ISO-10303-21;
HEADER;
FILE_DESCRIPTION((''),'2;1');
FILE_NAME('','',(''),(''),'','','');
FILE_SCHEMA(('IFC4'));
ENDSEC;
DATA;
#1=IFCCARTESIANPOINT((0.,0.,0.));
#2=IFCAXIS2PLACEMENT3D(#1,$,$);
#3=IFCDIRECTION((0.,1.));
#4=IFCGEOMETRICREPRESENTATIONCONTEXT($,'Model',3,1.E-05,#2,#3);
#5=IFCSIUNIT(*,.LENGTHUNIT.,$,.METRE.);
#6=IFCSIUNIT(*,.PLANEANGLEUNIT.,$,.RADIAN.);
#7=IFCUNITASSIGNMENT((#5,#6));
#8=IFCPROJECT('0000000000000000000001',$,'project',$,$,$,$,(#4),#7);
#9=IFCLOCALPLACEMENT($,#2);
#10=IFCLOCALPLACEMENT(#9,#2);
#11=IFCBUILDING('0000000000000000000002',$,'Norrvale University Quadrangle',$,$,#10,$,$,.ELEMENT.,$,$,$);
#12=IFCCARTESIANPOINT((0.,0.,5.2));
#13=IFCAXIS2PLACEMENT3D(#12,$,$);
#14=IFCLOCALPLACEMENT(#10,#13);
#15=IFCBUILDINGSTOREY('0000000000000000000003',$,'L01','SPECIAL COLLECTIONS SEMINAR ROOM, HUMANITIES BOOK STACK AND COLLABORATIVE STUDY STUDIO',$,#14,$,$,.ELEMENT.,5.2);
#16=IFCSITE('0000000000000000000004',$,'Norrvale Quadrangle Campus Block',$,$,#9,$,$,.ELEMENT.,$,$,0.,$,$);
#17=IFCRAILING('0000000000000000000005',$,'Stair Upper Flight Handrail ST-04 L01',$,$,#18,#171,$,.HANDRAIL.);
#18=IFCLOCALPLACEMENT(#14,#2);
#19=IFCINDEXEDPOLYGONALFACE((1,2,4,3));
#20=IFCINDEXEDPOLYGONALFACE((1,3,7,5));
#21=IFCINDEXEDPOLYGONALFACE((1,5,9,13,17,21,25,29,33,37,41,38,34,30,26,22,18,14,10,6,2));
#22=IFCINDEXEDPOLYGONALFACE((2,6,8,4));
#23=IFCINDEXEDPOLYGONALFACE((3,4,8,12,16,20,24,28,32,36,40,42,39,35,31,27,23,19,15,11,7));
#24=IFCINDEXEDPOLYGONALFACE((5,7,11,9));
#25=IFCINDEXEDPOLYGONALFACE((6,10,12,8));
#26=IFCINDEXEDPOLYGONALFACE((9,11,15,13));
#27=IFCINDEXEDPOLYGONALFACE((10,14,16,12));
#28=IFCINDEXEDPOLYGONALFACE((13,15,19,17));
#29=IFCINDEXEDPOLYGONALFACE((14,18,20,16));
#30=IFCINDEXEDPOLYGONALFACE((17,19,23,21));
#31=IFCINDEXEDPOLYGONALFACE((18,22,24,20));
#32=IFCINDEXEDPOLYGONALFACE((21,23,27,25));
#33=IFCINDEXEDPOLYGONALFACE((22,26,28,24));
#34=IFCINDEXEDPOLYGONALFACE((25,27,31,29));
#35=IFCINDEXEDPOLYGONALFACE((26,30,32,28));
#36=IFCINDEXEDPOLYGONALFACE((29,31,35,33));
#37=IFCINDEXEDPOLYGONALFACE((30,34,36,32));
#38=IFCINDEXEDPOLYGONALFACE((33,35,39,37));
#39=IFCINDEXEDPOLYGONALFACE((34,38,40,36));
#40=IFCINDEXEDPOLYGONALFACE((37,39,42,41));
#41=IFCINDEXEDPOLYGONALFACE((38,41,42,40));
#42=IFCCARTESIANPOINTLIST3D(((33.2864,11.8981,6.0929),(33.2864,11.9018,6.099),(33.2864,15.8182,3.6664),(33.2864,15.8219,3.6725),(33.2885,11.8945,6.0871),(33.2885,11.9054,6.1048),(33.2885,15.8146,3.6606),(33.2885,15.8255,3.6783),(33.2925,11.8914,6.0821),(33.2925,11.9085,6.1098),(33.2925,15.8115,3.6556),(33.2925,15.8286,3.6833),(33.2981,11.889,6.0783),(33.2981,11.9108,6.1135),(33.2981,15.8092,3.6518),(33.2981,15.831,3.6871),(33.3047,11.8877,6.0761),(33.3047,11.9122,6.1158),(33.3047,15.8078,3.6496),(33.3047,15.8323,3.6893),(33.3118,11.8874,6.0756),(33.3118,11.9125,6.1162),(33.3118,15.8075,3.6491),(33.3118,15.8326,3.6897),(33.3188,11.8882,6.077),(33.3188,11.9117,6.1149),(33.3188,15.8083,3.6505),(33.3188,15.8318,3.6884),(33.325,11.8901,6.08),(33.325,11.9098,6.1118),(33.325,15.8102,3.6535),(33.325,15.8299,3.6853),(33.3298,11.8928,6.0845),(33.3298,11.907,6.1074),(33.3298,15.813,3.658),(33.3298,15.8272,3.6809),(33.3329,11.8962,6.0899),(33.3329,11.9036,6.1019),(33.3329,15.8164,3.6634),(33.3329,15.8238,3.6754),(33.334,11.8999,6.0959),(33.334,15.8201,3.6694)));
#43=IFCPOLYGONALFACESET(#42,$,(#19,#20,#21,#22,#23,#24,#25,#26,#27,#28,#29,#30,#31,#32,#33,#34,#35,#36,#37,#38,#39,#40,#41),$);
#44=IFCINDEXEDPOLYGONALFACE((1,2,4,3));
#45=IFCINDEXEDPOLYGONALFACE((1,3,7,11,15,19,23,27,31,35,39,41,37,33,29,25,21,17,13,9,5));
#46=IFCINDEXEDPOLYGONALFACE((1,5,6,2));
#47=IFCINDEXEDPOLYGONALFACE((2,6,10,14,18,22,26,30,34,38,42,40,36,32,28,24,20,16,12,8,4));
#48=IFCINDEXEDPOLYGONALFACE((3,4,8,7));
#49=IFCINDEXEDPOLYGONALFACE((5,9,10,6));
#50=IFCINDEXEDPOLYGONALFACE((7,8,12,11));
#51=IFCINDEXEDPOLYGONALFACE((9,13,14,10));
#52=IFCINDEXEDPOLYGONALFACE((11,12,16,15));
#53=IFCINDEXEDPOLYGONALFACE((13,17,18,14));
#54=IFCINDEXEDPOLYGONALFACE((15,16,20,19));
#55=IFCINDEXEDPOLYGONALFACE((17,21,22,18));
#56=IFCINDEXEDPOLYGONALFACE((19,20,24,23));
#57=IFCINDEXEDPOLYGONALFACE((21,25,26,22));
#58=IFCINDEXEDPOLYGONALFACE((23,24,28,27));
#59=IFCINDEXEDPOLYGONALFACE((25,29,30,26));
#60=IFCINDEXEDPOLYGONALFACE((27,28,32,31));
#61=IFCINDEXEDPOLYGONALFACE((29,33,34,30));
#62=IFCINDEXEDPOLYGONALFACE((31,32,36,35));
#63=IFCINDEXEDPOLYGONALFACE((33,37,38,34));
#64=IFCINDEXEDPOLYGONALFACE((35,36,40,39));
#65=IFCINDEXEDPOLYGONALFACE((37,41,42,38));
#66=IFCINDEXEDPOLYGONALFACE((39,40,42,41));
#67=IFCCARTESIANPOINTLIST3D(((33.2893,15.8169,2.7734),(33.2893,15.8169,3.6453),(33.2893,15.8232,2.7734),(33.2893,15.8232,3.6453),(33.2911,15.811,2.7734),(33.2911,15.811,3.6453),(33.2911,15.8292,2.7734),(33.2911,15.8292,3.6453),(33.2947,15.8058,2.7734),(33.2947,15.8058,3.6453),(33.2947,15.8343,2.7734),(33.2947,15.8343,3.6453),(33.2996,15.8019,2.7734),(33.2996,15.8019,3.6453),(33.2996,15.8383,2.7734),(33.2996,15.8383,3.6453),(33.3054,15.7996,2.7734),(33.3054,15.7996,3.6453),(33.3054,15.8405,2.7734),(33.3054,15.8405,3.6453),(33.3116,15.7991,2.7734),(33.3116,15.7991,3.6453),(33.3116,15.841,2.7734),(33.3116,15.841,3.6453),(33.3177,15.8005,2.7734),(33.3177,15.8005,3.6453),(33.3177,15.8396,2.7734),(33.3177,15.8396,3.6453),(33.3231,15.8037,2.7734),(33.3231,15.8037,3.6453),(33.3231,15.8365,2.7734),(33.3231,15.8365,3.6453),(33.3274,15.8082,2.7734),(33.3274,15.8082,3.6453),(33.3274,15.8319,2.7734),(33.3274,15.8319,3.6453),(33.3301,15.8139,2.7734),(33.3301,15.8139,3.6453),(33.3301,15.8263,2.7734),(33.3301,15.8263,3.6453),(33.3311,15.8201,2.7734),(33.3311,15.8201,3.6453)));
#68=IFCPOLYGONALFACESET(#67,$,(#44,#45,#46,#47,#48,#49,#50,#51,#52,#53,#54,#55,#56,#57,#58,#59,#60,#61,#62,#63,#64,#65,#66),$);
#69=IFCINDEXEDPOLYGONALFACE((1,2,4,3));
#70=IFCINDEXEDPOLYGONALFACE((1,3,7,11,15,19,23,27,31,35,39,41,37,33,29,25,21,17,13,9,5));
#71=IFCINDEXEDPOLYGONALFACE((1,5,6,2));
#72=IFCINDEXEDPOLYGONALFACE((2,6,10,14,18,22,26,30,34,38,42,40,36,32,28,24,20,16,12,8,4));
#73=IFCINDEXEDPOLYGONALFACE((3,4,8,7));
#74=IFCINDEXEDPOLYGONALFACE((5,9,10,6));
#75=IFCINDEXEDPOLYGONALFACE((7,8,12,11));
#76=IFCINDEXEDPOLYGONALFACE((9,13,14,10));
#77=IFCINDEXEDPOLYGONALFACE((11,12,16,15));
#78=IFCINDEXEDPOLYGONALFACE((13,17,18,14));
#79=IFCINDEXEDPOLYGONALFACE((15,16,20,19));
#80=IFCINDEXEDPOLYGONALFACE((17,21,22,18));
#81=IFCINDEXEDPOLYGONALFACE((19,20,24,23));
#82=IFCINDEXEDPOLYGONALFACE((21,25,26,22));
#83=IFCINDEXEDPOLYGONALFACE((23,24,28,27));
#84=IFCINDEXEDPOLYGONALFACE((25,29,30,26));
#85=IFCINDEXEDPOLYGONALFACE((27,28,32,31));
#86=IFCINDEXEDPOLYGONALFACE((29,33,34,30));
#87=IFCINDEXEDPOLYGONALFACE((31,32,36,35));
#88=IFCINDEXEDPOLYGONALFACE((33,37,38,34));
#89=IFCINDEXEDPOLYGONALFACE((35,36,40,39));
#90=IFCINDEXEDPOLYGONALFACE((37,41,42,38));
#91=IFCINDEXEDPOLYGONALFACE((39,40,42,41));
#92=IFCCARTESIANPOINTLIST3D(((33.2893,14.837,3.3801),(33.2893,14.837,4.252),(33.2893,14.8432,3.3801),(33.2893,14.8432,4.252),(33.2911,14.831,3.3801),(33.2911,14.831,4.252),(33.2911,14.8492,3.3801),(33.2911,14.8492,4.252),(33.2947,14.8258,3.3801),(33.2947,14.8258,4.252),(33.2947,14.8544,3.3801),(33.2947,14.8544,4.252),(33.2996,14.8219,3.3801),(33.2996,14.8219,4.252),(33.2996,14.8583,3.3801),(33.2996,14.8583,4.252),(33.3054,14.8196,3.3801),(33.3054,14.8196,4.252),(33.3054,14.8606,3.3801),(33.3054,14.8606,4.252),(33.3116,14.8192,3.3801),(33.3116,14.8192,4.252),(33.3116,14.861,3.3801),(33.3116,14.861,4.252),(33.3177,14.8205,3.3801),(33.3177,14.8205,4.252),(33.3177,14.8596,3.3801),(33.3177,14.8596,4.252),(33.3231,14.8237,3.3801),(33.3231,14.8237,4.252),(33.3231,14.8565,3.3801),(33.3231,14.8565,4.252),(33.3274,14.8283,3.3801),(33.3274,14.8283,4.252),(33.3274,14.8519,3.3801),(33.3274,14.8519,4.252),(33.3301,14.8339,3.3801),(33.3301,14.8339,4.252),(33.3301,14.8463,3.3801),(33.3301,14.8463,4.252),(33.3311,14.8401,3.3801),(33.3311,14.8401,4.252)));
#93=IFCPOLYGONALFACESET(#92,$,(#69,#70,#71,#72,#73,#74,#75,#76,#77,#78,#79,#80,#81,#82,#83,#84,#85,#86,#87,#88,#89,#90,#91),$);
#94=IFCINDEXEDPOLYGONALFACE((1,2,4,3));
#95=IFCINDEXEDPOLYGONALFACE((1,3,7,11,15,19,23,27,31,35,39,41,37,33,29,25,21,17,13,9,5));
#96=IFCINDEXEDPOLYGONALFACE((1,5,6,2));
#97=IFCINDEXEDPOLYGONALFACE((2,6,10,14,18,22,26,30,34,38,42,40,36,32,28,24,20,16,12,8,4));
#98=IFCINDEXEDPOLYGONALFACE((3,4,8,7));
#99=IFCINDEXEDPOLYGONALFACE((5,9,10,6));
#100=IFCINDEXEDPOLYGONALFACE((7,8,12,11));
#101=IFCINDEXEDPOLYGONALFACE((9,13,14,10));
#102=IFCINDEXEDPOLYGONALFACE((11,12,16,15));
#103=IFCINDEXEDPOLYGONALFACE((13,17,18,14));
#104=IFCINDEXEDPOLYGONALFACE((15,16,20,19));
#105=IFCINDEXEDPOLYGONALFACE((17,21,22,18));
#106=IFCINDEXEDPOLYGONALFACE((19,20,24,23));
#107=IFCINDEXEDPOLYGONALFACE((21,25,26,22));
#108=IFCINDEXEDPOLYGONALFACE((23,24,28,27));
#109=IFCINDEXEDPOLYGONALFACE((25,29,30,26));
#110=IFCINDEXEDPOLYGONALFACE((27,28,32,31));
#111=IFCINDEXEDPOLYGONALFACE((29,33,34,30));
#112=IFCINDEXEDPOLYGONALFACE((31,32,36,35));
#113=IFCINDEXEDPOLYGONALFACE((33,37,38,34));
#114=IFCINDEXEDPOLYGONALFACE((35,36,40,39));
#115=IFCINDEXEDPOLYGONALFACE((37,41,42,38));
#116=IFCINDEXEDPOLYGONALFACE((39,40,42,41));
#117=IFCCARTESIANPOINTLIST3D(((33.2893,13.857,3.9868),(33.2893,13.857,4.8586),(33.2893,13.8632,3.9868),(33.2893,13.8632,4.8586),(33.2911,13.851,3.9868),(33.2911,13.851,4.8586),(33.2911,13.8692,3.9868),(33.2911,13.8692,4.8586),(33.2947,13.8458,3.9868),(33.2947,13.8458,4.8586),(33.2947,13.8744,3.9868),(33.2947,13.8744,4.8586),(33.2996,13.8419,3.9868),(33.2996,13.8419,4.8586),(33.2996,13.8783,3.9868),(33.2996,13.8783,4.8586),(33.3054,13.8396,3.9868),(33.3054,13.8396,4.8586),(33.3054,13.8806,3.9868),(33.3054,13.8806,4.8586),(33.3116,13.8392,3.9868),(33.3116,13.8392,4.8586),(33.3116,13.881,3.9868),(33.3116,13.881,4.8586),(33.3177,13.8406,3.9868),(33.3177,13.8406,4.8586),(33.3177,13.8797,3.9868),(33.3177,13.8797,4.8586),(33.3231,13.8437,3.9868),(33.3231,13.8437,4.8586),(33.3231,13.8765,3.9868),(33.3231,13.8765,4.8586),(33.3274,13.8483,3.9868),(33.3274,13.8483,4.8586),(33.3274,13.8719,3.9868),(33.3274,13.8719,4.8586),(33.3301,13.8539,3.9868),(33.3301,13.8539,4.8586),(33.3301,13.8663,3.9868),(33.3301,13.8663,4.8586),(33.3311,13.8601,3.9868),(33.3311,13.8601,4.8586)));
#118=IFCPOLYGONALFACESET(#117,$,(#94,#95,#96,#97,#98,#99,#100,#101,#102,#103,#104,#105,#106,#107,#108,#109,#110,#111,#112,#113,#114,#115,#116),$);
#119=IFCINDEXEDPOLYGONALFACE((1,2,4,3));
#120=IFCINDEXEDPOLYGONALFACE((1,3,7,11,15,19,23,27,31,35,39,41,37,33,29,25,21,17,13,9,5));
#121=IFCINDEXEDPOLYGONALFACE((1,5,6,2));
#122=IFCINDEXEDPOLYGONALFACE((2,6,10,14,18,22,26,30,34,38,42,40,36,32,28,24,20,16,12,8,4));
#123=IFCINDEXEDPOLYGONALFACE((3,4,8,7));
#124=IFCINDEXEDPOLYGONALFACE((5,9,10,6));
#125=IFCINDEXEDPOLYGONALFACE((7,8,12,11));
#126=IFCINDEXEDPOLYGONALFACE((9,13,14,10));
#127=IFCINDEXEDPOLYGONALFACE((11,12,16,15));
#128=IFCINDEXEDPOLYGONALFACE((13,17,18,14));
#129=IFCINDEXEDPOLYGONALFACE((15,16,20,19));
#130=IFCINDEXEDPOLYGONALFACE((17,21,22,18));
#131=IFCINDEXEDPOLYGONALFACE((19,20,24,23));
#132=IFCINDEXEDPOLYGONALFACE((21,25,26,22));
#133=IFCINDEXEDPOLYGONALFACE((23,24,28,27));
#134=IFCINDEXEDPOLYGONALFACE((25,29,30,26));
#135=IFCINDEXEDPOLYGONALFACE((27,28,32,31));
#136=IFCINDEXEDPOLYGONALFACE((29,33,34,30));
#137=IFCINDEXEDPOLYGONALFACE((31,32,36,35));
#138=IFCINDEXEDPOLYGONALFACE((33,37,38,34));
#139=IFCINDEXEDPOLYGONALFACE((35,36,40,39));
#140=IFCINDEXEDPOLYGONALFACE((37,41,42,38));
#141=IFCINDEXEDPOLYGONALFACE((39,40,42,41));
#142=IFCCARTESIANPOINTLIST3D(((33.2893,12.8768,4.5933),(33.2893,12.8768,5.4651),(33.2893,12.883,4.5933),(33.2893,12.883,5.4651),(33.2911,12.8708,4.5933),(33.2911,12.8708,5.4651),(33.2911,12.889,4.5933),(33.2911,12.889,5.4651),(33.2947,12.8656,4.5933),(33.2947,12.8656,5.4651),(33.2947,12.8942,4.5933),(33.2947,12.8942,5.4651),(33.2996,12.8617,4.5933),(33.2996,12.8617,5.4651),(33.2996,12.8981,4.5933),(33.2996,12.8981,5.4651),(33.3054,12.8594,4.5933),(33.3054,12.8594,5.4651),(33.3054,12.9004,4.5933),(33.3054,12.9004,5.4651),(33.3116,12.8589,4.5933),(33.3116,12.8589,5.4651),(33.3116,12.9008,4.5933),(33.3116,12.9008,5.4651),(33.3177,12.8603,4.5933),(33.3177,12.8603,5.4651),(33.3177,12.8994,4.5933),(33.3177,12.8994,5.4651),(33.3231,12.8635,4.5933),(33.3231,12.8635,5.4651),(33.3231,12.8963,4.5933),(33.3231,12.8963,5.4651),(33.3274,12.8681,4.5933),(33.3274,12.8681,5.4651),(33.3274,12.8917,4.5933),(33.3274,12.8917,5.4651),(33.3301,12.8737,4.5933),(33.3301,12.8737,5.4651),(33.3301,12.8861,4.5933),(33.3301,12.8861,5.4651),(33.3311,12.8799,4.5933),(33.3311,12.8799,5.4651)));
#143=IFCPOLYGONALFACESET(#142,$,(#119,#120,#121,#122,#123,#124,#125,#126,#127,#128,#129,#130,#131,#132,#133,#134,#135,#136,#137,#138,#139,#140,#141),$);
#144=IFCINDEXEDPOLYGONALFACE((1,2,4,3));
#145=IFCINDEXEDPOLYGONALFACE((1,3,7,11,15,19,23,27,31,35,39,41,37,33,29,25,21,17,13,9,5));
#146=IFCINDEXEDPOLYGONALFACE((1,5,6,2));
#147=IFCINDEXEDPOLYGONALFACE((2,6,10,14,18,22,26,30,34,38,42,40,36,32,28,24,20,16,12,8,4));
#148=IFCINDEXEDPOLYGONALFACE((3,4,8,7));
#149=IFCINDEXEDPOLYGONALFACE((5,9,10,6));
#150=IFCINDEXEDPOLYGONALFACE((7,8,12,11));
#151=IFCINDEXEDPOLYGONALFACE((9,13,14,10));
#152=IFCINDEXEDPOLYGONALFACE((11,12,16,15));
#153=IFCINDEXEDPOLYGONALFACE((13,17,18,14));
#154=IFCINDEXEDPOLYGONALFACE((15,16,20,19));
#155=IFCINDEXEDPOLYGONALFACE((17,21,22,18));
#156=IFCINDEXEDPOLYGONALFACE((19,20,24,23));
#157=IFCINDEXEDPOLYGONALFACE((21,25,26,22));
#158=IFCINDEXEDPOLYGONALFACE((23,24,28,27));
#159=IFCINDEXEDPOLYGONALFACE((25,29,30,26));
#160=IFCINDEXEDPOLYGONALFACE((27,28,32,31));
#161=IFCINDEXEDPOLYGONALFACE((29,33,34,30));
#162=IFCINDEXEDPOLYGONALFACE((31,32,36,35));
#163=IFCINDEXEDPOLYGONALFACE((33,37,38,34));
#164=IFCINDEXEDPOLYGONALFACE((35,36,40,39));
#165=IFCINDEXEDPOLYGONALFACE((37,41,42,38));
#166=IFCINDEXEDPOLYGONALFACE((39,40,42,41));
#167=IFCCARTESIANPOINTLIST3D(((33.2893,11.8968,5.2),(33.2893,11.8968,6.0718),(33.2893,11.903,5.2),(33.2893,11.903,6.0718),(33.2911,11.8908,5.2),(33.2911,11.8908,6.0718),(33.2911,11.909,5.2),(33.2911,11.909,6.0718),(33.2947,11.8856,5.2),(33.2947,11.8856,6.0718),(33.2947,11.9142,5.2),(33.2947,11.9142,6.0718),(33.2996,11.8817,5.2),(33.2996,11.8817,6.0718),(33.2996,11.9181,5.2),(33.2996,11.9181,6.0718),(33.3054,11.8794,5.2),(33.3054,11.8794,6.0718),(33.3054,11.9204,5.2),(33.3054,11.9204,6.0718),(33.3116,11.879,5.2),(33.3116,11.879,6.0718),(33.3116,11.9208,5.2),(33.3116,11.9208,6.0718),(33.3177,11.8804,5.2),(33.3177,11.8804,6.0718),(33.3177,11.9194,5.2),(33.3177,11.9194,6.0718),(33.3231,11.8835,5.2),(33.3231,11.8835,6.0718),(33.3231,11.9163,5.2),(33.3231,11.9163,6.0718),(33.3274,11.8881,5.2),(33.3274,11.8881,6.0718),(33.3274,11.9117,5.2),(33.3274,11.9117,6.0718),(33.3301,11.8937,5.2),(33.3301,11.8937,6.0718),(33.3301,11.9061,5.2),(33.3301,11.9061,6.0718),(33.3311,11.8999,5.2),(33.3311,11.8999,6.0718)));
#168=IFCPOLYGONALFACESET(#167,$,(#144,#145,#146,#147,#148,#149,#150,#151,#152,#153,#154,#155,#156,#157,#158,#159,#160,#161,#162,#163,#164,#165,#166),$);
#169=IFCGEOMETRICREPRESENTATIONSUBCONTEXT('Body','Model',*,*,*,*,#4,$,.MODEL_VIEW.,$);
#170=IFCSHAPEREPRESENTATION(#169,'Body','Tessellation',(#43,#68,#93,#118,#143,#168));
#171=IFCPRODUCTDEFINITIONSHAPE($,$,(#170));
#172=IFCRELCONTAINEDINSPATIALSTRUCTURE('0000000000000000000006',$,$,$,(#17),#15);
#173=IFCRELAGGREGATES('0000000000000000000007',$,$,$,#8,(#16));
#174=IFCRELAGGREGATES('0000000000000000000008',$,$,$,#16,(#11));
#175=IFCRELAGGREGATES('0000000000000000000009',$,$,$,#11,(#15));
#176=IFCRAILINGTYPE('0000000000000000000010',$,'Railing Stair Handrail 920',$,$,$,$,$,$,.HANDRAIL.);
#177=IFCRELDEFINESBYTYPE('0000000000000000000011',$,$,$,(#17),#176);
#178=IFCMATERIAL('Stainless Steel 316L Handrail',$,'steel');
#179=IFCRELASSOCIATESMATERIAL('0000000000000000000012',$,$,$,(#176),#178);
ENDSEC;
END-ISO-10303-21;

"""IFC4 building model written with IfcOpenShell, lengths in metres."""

from ifc_helpers import new_model, si_unit, direction, frame, origin, origin_2d, place, context, subcontext, project, spatial, circle, extrude, material, type_object, element, save


model = new_model("IFC4")

# Units and contexts
model_context = context("Model", 3, precision=1e-05, world=origin(), true_north=direction((0.0, 1.0)))
body_context = subcontext(model_context, "Body", "Model", "MODEL_VIEW")
ifc_project = project(units=[si_unit("LENGTHUNIT", "METRE"), si_unit("PLANEANGLEUNIT", "RADIAN")], contexts=[model_context])

# Site, building, storey
site_placement = place(None, origin())
site = spatial("IfcSite", under=ifc_project, at=site_placement, Name="Norrvale Quadrangle Campus Block", CompositionType="ELEMENT", RefElevation=0.0)
building_placement = place(site_placement, origin())
building = spatial("IfcBuilding", under=site, at=building_placement, Name="Norrvale University Quadrangle", CompositionType="ELEMENT")
storey_placement = place(building_placement, frame((0.0, 0.0, 5.2)))
storey = spatial("IfcBuildingStorey", under=building, at=storey_placement, Name="L01", Description="SPECIAL COLLECTIONS SEMINAR ROOM, HUMANITIES BOOK STACK AND COLLABORATIVE STUDY STUDIO", CompositionType="ELEMENT", Elevation=5.2)

# Railing
ifc_material_1 = material(Name="Stainless Steel 316L Handrail", Category="steel")
railing_type_1 = type_object("IfcRailingType", Name="Railing Stair Handrail 920", PredefinedType="HANDRAIL", material=ifc_material_1)
railing_1_placement = place(storey_placement, frame((33.3101, 15.8201, 2.7734)))
element("IfcRailing", 1, at=railing_1_placement, inside=storey, type_object=railing_type_1, Name="Stair Upper Flight Handrail ST-04 L01", PredefinedType="HANDRAIL", context=body_context, shape_type="SweptSolid", body=[
    extrude(circle(Radius=0.0239, at=origin_2d()), frame((0.0, 0.0, 0.896), z_axis=(0.0, -0.85029, 0.526315), x_axis=(1.0, 0.0, 0.0)), (0.0, 0.0, 1.0), 4.6104),
    extrude(circle(Radius=0.021, at=origin_2d()), origin(), (0.0, 0.0, 1.0), 0.8718),
    extrude(circle(Radius=0.021, at=origin_2d()), frame((0.0, -0.98, 0.6067)), (0.0, 0.0, 1.0), 0.8718),
    extrude(circle(Radius=0.021, at=origin_2d()), frame((0.0, -1.96, 1.2134)), (0.0, 0.0, 1.0), 0.8718),
    extrude(circle(Radius=0.021, at=origin_2d()), frame((0.0, -2.9402, 1.8198)), (0.0, 0.0, 1.0), 0.8718),
    extrude(circle(Radius=0.021, at=origin_2d()), frame((0.0, -3.9202, 2.4265)), (0.0, 0.0, 1.0), 0.8718),
])

save(model, "model.ifc")
